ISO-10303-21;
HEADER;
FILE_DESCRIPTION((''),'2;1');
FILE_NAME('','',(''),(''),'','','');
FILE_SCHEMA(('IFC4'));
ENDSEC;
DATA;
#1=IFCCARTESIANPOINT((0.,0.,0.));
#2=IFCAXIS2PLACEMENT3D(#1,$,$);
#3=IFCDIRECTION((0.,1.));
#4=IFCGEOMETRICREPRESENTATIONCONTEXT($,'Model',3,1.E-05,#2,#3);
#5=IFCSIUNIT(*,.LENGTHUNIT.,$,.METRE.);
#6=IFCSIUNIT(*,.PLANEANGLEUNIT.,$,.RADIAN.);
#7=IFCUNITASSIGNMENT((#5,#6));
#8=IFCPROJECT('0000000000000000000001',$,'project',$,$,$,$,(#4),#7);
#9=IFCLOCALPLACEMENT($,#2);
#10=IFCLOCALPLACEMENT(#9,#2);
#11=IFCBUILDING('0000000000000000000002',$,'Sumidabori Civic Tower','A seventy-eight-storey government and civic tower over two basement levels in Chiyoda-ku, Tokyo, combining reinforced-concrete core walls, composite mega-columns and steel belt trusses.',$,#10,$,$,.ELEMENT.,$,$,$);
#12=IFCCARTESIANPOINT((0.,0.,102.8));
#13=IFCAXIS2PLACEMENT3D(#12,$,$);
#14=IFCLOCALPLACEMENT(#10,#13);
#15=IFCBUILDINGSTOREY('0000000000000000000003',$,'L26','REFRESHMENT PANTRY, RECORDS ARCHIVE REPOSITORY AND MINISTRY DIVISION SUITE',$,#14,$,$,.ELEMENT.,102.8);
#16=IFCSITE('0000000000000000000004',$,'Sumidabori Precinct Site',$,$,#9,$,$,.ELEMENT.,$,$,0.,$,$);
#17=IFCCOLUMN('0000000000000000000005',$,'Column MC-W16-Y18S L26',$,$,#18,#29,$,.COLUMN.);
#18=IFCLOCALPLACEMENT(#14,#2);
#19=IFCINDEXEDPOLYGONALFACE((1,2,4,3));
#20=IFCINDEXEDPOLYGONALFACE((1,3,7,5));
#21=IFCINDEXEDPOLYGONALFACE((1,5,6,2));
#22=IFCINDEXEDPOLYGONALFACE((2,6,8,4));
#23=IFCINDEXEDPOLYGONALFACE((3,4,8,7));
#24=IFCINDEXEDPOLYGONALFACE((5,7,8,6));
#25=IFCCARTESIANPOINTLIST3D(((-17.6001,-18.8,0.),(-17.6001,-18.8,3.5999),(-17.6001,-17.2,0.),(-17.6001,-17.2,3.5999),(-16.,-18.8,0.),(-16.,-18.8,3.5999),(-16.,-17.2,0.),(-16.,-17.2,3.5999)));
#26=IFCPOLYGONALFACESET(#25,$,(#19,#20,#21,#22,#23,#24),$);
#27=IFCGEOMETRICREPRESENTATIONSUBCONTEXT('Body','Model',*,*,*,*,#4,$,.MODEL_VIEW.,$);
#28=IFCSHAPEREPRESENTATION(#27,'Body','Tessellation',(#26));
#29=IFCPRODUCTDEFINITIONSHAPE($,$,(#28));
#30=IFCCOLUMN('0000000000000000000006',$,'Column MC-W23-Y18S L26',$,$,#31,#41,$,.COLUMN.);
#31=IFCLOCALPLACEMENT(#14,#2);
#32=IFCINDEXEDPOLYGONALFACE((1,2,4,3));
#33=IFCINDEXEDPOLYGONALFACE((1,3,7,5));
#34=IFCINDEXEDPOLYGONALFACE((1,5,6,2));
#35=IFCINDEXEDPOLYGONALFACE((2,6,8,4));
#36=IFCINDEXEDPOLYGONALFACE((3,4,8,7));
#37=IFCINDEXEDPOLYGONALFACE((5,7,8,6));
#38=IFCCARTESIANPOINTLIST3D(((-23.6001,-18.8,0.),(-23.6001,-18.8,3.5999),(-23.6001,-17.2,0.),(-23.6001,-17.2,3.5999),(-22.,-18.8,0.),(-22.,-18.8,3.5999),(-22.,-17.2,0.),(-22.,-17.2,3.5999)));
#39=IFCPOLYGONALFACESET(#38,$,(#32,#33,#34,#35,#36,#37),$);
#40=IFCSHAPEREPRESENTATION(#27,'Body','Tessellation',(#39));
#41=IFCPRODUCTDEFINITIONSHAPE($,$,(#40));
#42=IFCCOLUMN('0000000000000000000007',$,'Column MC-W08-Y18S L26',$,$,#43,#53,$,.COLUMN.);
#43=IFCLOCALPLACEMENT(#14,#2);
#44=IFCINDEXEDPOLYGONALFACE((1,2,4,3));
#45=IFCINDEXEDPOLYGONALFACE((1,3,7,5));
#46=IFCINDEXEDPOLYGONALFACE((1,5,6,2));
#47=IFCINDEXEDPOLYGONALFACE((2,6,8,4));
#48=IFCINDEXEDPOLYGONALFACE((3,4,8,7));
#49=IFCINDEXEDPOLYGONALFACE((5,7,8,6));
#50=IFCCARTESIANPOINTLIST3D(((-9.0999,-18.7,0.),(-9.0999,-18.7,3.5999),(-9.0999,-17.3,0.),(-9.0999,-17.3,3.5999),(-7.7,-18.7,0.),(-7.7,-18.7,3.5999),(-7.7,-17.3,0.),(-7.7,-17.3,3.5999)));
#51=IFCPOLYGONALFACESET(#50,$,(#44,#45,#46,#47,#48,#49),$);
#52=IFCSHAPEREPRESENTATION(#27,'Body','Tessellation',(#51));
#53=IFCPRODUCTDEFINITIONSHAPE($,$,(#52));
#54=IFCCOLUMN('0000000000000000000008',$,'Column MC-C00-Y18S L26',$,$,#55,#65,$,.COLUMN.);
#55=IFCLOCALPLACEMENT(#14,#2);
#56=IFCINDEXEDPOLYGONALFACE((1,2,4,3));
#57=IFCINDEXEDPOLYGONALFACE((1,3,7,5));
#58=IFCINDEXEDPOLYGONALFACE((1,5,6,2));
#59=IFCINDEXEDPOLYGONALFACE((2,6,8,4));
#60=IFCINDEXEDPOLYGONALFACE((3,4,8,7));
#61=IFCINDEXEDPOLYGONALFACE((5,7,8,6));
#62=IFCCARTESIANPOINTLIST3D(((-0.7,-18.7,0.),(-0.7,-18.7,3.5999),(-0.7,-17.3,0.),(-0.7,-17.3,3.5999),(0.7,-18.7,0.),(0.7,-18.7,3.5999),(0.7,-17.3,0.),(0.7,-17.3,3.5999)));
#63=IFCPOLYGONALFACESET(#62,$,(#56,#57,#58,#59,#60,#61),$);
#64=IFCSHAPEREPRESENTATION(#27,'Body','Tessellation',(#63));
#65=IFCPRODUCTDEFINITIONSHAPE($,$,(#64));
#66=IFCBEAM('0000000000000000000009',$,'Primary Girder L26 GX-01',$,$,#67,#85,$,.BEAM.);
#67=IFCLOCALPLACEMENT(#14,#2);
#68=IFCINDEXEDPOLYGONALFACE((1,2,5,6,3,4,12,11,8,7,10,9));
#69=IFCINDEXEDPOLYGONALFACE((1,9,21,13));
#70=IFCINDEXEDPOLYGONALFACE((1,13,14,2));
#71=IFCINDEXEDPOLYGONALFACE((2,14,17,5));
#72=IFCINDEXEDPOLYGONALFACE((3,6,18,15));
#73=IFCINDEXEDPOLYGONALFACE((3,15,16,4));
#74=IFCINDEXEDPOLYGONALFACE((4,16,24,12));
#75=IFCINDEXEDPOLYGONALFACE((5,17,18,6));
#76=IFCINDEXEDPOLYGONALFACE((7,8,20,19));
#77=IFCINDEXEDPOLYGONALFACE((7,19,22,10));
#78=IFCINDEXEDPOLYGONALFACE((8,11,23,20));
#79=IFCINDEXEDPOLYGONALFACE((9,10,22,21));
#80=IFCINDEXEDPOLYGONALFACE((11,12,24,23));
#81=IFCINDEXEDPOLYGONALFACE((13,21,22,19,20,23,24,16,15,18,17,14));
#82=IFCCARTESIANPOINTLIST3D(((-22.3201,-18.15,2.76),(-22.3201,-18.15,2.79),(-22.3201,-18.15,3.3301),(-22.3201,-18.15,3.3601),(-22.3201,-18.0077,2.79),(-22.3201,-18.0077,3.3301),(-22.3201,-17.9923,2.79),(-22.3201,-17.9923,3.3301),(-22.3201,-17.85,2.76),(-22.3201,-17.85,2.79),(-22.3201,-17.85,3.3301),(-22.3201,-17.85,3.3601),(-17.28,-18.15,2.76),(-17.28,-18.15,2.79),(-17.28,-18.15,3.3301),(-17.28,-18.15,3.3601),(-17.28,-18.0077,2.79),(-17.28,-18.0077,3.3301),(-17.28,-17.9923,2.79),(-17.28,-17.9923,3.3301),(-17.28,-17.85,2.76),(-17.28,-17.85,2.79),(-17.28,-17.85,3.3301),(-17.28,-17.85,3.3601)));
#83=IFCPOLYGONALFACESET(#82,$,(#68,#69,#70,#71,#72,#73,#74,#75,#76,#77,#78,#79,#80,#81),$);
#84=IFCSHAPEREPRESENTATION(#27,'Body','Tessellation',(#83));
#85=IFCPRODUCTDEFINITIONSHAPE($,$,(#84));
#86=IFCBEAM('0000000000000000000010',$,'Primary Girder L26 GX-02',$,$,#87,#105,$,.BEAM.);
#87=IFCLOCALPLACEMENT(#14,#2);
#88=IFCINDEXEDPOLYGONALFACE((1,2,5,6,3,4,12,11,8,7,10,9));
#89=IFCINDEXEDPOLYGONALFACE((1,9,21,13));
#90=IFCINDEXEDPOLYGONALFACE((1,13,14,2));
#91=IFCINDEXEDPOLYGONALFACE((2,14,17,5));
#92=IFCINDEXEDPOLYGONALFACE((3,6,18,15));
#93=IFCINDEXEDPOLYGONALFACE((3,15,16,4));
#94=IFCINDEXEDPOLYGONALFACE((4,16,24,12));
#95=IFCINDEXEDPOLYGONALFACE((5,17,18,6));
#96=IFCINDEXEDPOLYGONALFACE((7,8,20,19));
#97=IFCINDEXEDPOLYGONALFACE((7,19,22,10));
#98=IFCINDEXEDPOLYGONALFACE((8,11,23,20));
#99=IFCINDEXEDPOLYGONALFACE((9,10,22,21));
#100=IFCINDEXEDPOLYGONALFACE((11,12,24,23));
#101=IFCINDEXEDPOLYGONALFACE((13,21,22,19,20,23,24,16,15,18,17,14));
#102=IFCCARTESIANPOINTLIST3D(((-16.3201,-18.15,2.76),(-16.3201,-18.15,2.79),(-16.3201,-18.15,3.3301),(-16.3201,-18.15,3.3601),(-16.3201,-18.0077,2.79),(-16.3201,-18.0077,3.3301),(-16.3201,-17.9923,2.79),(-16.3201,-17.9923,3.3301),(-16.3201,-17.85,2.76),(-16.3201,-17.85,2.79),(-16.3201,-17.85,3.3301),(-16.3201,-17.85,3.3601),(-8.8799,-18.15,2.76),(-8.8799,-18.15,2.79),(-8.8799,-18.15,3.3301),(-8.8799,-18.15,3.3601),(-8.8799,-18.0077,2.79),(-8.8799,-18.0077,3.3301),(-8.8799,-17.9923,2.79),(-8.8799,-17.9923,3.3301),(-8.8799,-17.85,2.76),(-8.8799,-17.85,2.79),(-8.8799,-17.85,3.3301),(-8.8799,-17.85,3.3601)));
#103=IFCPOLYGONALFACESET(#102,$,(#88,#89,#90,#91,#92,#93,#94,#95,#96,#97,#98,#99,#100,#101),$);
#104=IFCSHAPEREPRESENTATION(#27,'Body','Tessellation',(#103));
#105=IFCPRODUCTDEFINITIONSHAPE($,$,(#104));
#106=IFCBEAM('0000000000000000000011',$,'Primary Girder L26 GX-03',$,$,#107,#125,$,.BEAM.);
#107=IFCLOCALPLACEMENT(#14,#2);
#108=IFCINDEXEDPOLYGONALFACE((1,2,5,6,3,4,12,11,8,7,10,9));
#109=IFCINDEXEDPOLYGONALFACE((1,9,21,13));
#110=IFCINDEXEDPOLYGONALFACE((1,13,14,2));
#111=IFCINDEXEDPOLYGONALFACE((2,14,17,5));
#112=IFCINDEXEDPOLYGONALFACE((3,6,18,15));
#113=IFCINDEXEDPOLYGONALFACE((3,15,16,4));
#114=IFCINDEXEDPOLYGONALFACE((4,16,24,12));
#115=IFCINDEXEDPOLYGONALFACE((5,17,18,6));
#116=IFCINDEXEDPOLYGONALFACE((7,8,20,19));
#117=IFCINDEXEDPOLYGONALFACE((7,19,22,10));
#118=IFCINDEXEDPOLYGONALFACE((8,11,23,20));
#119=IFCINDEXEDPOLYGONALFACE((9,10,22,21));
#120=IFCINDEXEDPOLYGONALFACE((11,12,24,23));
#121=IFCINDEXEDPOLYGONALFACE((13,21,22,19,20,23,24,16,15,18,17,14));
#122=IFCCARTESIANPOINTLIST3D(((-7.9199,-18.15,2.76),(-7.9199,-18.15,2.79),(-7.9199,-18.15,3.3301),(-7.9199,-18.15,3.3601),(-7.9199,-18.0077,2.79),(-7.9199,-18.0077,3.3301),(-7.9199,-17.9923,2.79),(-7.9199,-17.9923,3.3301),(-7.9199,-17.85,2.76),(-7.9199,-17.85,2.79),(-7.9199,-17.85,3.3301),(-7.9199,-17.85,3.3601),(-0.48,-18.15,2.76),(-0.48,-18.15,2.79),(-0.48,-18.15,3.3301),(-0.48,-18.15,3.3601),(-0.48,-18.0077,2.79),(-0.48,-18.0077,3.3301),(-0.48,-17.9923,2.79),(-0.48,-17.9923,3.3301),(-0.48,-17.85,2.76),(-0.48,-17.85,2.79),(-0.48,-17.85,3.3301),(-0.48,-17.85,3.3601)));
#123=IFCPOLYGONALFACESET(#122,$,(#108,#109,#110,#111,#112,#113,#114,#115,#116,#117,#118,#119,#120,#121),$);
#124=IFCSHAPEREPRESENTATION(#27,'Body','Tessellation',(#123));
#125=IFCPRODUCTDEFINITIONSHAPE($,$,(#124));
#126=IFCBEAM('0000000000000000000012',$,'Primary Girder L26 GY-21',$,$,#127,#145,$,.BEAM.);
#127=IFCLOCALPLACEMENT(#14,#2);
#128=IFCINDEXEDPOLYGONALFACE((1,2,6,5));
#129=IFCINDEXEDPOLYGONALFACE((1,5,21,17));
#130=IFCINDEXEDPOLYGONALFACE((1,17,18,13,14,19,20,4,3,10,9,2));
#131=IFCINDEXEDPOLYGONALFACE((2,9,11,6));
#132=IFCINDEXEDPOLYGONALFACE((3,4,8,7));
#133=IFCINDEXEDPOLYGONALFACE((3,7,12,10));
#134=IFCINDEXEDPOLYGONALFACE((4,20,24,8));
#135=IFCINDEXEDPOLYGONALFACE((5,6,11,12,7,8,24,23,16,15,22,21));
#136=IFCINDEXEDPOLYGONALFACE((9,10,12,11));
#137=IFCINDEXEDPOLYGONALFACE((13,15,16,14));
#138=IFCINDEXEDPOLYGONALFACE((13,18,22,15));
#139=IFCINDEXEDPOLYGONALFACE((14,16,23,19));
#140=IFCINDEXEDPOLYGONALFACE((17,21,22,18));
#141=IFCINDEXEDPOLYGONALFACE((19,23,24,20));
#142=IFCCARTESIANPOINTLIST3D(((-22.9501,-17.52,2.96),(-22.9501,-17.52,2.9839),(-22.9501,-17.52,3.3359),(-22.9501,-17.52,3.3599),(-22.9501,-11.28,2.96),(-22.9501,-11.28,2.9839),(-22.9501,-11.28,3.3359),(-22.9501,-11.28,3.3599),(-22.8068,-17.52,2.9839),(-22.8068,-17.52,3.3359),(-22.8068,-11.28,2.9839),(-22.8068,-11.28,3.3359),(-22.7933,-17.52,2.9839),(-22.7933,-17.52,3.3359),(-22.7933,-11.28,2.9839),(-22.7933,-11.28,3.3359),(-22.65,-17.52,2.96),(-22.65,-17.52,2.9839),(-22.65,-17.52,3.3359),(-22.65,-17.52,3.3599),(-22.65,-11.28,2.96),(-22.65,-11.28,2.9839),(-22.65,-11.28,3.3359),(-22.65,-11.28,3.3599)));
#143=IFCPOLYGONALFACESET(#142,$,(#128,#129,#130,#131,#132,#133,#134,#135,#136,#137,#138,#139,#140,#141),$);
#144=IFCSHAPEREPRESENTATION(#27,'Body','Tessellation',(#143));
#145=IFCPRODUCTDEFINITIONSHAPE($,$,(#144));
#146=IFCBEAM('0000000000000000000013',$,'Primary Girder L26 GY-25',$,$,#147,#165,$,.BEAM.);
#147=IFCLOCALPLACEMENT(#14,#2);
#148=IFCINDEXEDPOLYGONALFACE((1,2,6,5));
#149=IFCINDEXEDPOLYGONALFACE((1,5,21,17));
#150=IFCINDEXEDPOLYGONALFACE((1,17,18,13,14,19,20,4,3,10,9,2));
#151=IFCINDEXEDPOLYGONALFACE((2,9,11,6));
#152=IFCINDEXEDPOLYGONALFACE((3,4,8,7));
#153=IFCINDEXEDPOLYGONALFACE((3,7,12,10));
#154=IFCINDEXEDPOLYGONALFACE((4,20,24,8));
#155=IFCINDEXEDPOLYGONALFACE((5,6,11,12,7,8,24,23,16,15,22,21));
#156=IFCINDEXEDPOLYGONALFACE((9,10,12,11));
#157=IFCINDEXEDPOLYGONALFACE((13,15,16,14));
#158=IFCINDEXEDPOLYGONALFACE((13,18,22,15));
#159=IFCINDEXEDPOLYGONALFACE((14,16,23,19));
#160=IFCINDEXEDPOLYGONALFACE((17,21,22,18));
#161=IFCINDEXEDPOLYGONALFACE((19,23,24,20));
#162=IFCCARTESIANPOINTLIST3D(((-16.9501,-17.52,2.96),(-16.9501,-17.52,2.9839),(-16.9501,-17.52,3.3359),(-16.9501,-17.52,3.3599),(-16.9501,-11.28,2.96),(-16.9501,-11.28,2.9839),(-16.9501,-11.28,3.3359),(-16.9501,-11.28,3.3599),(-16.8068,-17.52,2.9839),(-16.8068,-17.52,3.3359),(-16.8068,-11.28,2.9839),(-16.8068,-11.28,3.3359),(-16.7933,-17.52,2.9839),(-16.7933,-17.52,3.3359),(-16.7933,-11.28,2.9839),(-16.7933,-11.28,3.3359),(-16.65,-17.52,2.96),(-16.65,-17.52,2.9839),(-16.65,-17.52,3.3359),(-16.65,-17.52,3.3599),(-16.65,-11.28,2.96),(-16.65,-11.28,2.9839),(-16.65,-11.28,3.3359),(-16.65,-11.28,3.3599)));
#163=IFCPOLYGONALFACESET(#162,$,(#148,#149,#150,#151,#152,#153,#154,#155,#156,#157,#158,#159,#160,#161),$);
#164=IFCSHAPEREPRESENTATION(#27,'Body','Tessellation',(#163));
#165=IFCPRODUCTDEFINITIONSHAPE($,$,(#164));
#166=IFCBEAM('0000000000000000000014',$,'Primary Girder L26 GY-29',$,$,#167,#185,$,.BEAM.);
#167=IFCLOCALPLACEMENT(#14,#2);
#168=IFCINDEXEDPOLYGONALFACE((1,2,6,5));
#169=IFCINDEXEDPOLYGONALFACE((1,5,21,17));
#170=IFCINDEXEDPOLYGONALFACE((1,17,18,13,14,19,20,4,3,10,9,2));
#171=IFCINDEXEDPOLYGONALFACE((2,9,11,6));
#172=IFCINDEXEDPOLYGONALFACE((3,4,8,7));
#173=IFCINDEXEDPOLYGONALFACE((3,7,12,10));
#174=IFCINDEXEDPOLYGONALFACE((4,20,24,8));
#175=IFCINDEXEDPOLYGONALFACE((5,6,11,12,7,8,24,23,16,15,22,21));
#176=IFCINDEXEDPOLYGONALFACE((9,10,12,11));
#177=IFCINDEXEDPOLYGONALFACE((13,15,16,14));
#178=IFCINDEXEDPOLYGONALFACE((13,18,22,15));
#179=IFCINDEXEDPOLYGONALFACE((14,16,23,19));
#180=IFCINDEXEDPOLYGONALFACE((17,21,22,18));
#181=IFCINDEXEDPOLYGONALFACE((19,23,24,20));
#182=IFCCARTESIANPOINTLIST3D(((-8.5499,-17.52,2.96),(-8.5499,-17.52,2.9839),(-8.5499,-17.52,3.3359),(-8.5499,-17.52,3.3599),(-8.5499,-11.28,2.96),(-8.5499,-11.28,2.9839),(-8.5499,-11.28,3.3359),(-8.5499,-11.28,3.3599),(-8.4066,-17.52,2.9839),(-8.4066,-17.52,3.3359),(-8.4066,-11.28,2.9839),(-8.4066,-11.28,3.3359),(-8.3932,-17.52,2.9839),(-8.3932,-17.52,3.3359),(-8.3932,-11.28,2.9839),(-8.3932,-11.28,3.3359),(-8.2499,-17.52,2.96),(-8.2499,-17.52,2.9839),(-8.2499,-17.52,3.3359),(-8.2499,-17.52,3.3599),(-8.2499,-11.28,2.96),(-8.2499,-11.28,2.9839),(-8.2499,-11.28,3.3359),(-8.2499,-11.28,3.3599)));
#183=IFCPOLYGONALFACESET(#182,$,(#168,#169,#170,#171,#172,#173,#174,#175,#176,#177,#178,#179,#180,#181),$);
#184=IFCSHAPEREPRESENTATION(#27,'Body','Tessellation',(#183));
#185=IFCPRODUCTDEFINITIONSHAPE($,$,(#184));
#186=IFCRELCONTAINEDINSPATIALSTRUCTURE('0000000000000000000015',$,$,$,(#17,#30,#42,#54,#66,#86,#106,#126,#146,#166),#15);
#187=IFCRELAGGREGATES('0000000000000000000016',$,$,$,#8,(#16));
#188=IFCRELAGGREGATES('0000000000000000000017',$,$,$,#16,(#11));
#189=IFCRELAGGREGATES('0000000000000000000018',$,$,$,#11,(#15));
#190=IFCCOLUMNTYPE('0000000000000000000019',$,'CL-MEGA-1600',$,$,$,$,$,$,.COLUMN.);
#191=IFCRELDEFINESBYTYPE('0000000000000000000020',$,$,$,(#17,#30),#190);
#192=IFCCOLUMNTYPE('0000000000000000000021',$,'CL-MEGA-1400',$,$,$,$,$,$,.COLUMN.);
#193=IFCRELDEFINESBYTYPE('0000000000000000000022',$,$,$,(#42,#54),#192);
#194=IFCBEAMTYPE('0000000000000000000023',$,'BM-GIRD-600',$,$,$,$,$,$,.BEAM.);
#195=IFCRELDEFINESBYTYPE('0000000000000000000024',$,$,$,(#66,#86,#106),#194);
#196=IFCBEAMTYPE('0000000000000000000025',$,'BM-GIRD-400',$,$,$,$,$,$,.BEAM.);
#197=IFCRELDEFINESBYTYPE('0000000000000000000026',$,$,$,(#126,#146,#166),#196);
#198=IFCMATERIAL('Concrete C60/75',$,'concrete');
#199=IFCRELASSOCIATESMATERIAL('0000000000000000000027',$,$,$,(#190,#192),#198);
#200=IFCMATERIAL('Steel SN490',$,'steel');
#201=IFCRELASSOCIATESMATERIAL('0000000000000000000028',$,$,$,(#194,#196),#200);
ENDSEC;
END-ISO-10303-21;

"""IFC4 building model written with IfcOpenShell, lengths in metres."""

from ifc_helpers import new_model, si_unit, direction, frame, origin, origin_2d, place, context, subcontext, project, spatial, rectangle, i_section, extrude, source, transform, mapped, material, material_profile, profile_set, type_object, element, save


model = new_model("IFC4")

# Units and contexts
model_context = context("Model", 3, precision=1e-05, world=origin(), true_north=direction((0.0, 1.0)))
body_context = subcontext(model_context, "Body", "Model", "MODEL_VIEW")
ifc_project = project(units=[si_unit("LENGTHUNIT", "METRE"), si_unit("PLANEANGLEUNIT", "RADIAN")], contexts=[model_context])

# Site, building, storey
site_placement = place(None, origin())
site = spatial("IfcSite", under=ifc_project, at=site_placement, Name="Sumidabori Precinct Site", CompositionType="ELEMENT", RefElevation=0.0)
building_placement = place(site_placement, origin())
building = spatial("IfcBuilding", under=site, at=building_placement, Name="Sumidabori Civic Tower", Description="A seventy-eight-storey government and civic tower over two basement levels in Chiyoda-ku, Tokyo, combining reinforced-concrete core walls, composite mega-columns and steel belt trusses.", CompositionType="ELEMENT")
storey_placement = place(building_placement, frame((0.0, 0.0, 102.8)))
storey = spatial("IfcBuildingStorey", under=building, at=storey_placement, Name="L26", Description="REFRESHMENT PANTRY, RECORDS ARCHIVE REPOSITORY AND MINISTRY DIVISION SUITE", CompositionType="ELEMENT", Elevation=102.8)

# Columns
ifc_material_1 = material(Name="Concrete C60/75", Category="concrete")
ifc_material_profile_1 = material_profile(ifc_material_1, rectangle(XDim=1.6001, YDim=1.6001, at=origin_2d()), Name="RC 1600x1600")
ifc_profile_set_1 = profile_set([ifc_material_profile_1], Name="Concrete C60/75")
column_type_1 = type_object("IfcColumnType", Name="CL-MEGA-1600", PredefinedType="COLUMN", material=ifc_profile_set_1)
shared_shape_1 = source(origin(), body_context, "Body", "SweptSolid", [
    extrude(rectangle(XDim=1.6001, YDim=1.6001, at=origin_2d()), origin(), (0.0, 0.0, 1.0), 3.5999),
])
for number, where, z_axis, x_axis, name in (
    (1, (-16.8, -18.0, 0.0), (0.0, 0.0, 1.0), (1.0, 0.0, 0.0), "Column MC-W16-Y18S L26"),
    (2, (-22.8, -18.0, 0.0), (0.0, 0.0, 1.0), (1.0, 0.0, 0.0), "Column MC-W23-Y18S L26"),
):
    element("IfcColumn", number, at=place(storey_placement, frame(where, z_axis=z_axis, x_axis=x_axis)), inside=storey, type_object=column_type_1, Name=name, PredefinedType="COLUMN", context=body_context, shape_type="MappedRepresentation", body=[
        mapped(shared_shape_1, transform((0.0, 0.0, 0.0), x_axis=(1.0, 0.0, 0.0), y_axis=(0.0, 1.0, 0.0), z_axis=(0.0, 0.0, 1.0), scale=1.0)),
    ])
ifc_material_profile_2 = material_profile(ifc_material_1, rectangle(XDim=1.3999, YDim=1.3999, at=origin_2d()), Name="RC 1400x1400")
ifc_profile_set_2 = profile_set([ifc_material_profile_2], Name="Concrete C60/75")
column_type_2 = type_object("IfcColumnType", Name="CL-MEGA-1400", PredefinedType="COLUMN", material=ifc_profile_set_2)
shared_shape_2 = source(origin(), body_context, "Body", "SweptSolid", [
    extrude(rectangle(XDim=1.3999, YDim=1.3999, at=origin_2d()), origin(), (0.0, 0.0, 1.0), 3.5999),
])
for number, where, z_axis, x_axis, name in (
    (3, (-8.3999, -18.0, 0.0), (0.0, 0.0, 1.0), (1.0, 0.0, 0.0), "Column MC-W08-Y18S L26"),
    (4, (0.0, -18.0, 0.0), (0.0, 0.0, 1.0), (1.0, 0.0, 0.0), "Column MC-C00-Y18S L26"),
):
    element("IfcColumn", number, at=place(storey_placement, frame(where, z_axis=z_axis, x_axis=x_axis)), inside=storey, type_object=column_type_2, Name=name, PredefinedType="COLUMN", context=body_context, shape_type="MappedRepresentation", body=[
        mapped(shared_shape_2, transform((0.0, 0.0, 0.0), x_axis=(1.0, 0.0, 0.0), y_axis=(0.0, 1.0, 0.0), z_axis=(0.0, 0.0, 1.0), scale=1.0)),
    ])

# Beams
ifc_material_2 = material(Name="Steel SN490", Category="steel")
ifc_material_profile_3 = material_profile(ifc_material_2, i_section(OverallWidth=0.3, OverallDepth=0.6001, WebThickness=0.0154, FlangeThickness=0.03, at=origin_2d()), Name="HE 600 B")
ifc_profile_set_3 = profile_set([ifc_material_profile_3], Name="Steel SN490")
beam_type_1 = type_object("IfcBeamType", Name="BM-GIRD-600", PredefinedType="BEAM", material=ifc_profile_set_3)
shared_shape_3 = source(origin(), body_context, "Body", "SweptSolid", [
    extrude(i_section(OverallWidth=0.3, OverallDepth=0.6001, WebThickness=0.0154, FlangeThickness=0.03, at=origin_2d()), origin(), (0.0, 0.0, 1.0), 5.04),
])
beam_1_placement = place(storey_placement, frame((-22.3201, -18.0, 3.0601), z_axis=(1.0, 0.0, 0.0), x_axis=(0.0, 1.0, 0.0)))
element("IfcBeam", 5, at=beam_1_placement, inside=storey, type_object=beam_type_1, Name="Primary Girder L26 GX-01", PredefinedType="BEAM", context=body_context, shape_type="MappedRepresentation", body=[
    mapped(shared_shape_3, transform((0.0, 0.0, 0.0), x_axis=(1.0, 0.0, 0.0), y_axis=(0.0, 1.0, 0.0), z_axis=(0.0, 0.0, 1.0), scale=1.0)),
])
shared_shape_4 = source(origin(), body_context, "Body", "SweptSolid", [
    extrude(i_section(OverallWidth=0.3, OverallDepth=0.6001, WebThickness=0.0154, FlangeThickness=0.03, at=origin_2d()), origin(), (0.0, 0.0, 1.0), 7.4402),
])
beam_2_placement = place(storey_placement, frame((-16.3201, -18.0, 3.0601), z_axis=(1.0, 0.0, 0.0), x_axis=(0.0, 1.0, 0.0)))
element("IfcBeam", 6, at=beam_2_placement, inside=storey, type_object=beam_type_1, Name="Primary Girder L26 GX-02", PredefinedType="BEAM", context=body_context, shape_type="MappedRepresentation", body=[
    mapped(shared_shape_4, transform((0.0, 0.0, 0.0), x_axis=(1.0, 0.0, 0.0), y_axis=(0.0, 1.0, 0.0), z_axis=(0.0, 0.0, 1.0), scale=1.0)),
])
shared_shape_5 = source(origin(), body_context, "Body", "SweptSolid", [
    extrude(i_section(OverallWidth=0.3, OverallDepth=0.6001, WebThickness=0.0154, FlangeThickness=0.03, at=origin_2d()), origin(), (0.0, 0.0, 1.0), 7.4399),
])
beam_3_placement = place(storey_placement, frame((-7.9199, -18.0, 3.0601), z_axis=(1.0, 0.0, 0.0), x_axis=(0.0, 1.0, 0.0)))
element("IfcBeam", 7, at=beam_3_placement, inside=storey, type_object=beam_type_1, Name="Primary Girder L26 GX-03", PredefinedType="BEAM", context=body_context, shape_type="MappedRepresentation", body=[
    mapped(shared_shape_5, transform((0.0, 0.0, 0.0), x_axis=(1.0, 0.0, 0.0), y_axis=(0.0, 1.0, 0.0), z_axis=(0.0, 0.0, 1.0), scale=1.0)),
])
ifc_material_profile_4 = material_profile(ifc_material_2, i_section(OverallWidth=0.3, OverallDepth=0.3999, WebThickness=0.0134, FlangeThickness=0.0239, at=origin_2d()), Name="HE 400 B")
ifc_profile_set_4 = profile_set([ifc_material_profile_4], Name="Steel SN490")
beam_type_2 = type_object("IfcBeamType", Name="BM-GIRD-400", PredefinedType="BEAM", material=ifc_profile_set_4)
shared_shape_6 = source(origin(), body_context, "Body", "SweptSolid", [
    extrude(i_section(OverallWidth=0.3, OverallDepth=0.3999, WebThickness=0.0134, FlangeThickness=0.0239, at=origin_2d()), origin(), (0.0, 0.0, 1.0), 6.24),
])
for number, where, z_axis, x_axis, name in (
    (8, (-22.8, -17.52, 3.1599), (0.0, 1.0, 0.0), (-1.0, 0.0, 0.0), "Primary Girder L26 GY-21"),
    (9, (-16.8, -17.52, 3.1599), (0.0, 1.0, 0.0), (-1.0, 0.0, 0.0), "Primary Girder L26 GY-25"),
    (10, (-8.3999, -17.52, 3.1599), (0.0, 1.0, 0.0), (-1.0, 0.0, 0.0), "Primary Girder L26 GY-29"),
):
    element("IfcBeam", number, at=place(storey_placement, frame(where, z_axis=z_axis, x_axis=x_axis)), inside=storey, type_object=beam_type_2, Name=name, PredefinedType="BEAM", context=body_context, shape_type="MappedRepresentation", body=[
        mapped(shared_shape_6, transform((0.0, 0.0, 0.0), x_axis=(1.0, 0.0, 0.0), y_axis=(0.0, 1.0, 0.0), z_axis=(0.0, 0.0, 1.0), scale=1.0)),
    ])

save(model, "model.ifc")
